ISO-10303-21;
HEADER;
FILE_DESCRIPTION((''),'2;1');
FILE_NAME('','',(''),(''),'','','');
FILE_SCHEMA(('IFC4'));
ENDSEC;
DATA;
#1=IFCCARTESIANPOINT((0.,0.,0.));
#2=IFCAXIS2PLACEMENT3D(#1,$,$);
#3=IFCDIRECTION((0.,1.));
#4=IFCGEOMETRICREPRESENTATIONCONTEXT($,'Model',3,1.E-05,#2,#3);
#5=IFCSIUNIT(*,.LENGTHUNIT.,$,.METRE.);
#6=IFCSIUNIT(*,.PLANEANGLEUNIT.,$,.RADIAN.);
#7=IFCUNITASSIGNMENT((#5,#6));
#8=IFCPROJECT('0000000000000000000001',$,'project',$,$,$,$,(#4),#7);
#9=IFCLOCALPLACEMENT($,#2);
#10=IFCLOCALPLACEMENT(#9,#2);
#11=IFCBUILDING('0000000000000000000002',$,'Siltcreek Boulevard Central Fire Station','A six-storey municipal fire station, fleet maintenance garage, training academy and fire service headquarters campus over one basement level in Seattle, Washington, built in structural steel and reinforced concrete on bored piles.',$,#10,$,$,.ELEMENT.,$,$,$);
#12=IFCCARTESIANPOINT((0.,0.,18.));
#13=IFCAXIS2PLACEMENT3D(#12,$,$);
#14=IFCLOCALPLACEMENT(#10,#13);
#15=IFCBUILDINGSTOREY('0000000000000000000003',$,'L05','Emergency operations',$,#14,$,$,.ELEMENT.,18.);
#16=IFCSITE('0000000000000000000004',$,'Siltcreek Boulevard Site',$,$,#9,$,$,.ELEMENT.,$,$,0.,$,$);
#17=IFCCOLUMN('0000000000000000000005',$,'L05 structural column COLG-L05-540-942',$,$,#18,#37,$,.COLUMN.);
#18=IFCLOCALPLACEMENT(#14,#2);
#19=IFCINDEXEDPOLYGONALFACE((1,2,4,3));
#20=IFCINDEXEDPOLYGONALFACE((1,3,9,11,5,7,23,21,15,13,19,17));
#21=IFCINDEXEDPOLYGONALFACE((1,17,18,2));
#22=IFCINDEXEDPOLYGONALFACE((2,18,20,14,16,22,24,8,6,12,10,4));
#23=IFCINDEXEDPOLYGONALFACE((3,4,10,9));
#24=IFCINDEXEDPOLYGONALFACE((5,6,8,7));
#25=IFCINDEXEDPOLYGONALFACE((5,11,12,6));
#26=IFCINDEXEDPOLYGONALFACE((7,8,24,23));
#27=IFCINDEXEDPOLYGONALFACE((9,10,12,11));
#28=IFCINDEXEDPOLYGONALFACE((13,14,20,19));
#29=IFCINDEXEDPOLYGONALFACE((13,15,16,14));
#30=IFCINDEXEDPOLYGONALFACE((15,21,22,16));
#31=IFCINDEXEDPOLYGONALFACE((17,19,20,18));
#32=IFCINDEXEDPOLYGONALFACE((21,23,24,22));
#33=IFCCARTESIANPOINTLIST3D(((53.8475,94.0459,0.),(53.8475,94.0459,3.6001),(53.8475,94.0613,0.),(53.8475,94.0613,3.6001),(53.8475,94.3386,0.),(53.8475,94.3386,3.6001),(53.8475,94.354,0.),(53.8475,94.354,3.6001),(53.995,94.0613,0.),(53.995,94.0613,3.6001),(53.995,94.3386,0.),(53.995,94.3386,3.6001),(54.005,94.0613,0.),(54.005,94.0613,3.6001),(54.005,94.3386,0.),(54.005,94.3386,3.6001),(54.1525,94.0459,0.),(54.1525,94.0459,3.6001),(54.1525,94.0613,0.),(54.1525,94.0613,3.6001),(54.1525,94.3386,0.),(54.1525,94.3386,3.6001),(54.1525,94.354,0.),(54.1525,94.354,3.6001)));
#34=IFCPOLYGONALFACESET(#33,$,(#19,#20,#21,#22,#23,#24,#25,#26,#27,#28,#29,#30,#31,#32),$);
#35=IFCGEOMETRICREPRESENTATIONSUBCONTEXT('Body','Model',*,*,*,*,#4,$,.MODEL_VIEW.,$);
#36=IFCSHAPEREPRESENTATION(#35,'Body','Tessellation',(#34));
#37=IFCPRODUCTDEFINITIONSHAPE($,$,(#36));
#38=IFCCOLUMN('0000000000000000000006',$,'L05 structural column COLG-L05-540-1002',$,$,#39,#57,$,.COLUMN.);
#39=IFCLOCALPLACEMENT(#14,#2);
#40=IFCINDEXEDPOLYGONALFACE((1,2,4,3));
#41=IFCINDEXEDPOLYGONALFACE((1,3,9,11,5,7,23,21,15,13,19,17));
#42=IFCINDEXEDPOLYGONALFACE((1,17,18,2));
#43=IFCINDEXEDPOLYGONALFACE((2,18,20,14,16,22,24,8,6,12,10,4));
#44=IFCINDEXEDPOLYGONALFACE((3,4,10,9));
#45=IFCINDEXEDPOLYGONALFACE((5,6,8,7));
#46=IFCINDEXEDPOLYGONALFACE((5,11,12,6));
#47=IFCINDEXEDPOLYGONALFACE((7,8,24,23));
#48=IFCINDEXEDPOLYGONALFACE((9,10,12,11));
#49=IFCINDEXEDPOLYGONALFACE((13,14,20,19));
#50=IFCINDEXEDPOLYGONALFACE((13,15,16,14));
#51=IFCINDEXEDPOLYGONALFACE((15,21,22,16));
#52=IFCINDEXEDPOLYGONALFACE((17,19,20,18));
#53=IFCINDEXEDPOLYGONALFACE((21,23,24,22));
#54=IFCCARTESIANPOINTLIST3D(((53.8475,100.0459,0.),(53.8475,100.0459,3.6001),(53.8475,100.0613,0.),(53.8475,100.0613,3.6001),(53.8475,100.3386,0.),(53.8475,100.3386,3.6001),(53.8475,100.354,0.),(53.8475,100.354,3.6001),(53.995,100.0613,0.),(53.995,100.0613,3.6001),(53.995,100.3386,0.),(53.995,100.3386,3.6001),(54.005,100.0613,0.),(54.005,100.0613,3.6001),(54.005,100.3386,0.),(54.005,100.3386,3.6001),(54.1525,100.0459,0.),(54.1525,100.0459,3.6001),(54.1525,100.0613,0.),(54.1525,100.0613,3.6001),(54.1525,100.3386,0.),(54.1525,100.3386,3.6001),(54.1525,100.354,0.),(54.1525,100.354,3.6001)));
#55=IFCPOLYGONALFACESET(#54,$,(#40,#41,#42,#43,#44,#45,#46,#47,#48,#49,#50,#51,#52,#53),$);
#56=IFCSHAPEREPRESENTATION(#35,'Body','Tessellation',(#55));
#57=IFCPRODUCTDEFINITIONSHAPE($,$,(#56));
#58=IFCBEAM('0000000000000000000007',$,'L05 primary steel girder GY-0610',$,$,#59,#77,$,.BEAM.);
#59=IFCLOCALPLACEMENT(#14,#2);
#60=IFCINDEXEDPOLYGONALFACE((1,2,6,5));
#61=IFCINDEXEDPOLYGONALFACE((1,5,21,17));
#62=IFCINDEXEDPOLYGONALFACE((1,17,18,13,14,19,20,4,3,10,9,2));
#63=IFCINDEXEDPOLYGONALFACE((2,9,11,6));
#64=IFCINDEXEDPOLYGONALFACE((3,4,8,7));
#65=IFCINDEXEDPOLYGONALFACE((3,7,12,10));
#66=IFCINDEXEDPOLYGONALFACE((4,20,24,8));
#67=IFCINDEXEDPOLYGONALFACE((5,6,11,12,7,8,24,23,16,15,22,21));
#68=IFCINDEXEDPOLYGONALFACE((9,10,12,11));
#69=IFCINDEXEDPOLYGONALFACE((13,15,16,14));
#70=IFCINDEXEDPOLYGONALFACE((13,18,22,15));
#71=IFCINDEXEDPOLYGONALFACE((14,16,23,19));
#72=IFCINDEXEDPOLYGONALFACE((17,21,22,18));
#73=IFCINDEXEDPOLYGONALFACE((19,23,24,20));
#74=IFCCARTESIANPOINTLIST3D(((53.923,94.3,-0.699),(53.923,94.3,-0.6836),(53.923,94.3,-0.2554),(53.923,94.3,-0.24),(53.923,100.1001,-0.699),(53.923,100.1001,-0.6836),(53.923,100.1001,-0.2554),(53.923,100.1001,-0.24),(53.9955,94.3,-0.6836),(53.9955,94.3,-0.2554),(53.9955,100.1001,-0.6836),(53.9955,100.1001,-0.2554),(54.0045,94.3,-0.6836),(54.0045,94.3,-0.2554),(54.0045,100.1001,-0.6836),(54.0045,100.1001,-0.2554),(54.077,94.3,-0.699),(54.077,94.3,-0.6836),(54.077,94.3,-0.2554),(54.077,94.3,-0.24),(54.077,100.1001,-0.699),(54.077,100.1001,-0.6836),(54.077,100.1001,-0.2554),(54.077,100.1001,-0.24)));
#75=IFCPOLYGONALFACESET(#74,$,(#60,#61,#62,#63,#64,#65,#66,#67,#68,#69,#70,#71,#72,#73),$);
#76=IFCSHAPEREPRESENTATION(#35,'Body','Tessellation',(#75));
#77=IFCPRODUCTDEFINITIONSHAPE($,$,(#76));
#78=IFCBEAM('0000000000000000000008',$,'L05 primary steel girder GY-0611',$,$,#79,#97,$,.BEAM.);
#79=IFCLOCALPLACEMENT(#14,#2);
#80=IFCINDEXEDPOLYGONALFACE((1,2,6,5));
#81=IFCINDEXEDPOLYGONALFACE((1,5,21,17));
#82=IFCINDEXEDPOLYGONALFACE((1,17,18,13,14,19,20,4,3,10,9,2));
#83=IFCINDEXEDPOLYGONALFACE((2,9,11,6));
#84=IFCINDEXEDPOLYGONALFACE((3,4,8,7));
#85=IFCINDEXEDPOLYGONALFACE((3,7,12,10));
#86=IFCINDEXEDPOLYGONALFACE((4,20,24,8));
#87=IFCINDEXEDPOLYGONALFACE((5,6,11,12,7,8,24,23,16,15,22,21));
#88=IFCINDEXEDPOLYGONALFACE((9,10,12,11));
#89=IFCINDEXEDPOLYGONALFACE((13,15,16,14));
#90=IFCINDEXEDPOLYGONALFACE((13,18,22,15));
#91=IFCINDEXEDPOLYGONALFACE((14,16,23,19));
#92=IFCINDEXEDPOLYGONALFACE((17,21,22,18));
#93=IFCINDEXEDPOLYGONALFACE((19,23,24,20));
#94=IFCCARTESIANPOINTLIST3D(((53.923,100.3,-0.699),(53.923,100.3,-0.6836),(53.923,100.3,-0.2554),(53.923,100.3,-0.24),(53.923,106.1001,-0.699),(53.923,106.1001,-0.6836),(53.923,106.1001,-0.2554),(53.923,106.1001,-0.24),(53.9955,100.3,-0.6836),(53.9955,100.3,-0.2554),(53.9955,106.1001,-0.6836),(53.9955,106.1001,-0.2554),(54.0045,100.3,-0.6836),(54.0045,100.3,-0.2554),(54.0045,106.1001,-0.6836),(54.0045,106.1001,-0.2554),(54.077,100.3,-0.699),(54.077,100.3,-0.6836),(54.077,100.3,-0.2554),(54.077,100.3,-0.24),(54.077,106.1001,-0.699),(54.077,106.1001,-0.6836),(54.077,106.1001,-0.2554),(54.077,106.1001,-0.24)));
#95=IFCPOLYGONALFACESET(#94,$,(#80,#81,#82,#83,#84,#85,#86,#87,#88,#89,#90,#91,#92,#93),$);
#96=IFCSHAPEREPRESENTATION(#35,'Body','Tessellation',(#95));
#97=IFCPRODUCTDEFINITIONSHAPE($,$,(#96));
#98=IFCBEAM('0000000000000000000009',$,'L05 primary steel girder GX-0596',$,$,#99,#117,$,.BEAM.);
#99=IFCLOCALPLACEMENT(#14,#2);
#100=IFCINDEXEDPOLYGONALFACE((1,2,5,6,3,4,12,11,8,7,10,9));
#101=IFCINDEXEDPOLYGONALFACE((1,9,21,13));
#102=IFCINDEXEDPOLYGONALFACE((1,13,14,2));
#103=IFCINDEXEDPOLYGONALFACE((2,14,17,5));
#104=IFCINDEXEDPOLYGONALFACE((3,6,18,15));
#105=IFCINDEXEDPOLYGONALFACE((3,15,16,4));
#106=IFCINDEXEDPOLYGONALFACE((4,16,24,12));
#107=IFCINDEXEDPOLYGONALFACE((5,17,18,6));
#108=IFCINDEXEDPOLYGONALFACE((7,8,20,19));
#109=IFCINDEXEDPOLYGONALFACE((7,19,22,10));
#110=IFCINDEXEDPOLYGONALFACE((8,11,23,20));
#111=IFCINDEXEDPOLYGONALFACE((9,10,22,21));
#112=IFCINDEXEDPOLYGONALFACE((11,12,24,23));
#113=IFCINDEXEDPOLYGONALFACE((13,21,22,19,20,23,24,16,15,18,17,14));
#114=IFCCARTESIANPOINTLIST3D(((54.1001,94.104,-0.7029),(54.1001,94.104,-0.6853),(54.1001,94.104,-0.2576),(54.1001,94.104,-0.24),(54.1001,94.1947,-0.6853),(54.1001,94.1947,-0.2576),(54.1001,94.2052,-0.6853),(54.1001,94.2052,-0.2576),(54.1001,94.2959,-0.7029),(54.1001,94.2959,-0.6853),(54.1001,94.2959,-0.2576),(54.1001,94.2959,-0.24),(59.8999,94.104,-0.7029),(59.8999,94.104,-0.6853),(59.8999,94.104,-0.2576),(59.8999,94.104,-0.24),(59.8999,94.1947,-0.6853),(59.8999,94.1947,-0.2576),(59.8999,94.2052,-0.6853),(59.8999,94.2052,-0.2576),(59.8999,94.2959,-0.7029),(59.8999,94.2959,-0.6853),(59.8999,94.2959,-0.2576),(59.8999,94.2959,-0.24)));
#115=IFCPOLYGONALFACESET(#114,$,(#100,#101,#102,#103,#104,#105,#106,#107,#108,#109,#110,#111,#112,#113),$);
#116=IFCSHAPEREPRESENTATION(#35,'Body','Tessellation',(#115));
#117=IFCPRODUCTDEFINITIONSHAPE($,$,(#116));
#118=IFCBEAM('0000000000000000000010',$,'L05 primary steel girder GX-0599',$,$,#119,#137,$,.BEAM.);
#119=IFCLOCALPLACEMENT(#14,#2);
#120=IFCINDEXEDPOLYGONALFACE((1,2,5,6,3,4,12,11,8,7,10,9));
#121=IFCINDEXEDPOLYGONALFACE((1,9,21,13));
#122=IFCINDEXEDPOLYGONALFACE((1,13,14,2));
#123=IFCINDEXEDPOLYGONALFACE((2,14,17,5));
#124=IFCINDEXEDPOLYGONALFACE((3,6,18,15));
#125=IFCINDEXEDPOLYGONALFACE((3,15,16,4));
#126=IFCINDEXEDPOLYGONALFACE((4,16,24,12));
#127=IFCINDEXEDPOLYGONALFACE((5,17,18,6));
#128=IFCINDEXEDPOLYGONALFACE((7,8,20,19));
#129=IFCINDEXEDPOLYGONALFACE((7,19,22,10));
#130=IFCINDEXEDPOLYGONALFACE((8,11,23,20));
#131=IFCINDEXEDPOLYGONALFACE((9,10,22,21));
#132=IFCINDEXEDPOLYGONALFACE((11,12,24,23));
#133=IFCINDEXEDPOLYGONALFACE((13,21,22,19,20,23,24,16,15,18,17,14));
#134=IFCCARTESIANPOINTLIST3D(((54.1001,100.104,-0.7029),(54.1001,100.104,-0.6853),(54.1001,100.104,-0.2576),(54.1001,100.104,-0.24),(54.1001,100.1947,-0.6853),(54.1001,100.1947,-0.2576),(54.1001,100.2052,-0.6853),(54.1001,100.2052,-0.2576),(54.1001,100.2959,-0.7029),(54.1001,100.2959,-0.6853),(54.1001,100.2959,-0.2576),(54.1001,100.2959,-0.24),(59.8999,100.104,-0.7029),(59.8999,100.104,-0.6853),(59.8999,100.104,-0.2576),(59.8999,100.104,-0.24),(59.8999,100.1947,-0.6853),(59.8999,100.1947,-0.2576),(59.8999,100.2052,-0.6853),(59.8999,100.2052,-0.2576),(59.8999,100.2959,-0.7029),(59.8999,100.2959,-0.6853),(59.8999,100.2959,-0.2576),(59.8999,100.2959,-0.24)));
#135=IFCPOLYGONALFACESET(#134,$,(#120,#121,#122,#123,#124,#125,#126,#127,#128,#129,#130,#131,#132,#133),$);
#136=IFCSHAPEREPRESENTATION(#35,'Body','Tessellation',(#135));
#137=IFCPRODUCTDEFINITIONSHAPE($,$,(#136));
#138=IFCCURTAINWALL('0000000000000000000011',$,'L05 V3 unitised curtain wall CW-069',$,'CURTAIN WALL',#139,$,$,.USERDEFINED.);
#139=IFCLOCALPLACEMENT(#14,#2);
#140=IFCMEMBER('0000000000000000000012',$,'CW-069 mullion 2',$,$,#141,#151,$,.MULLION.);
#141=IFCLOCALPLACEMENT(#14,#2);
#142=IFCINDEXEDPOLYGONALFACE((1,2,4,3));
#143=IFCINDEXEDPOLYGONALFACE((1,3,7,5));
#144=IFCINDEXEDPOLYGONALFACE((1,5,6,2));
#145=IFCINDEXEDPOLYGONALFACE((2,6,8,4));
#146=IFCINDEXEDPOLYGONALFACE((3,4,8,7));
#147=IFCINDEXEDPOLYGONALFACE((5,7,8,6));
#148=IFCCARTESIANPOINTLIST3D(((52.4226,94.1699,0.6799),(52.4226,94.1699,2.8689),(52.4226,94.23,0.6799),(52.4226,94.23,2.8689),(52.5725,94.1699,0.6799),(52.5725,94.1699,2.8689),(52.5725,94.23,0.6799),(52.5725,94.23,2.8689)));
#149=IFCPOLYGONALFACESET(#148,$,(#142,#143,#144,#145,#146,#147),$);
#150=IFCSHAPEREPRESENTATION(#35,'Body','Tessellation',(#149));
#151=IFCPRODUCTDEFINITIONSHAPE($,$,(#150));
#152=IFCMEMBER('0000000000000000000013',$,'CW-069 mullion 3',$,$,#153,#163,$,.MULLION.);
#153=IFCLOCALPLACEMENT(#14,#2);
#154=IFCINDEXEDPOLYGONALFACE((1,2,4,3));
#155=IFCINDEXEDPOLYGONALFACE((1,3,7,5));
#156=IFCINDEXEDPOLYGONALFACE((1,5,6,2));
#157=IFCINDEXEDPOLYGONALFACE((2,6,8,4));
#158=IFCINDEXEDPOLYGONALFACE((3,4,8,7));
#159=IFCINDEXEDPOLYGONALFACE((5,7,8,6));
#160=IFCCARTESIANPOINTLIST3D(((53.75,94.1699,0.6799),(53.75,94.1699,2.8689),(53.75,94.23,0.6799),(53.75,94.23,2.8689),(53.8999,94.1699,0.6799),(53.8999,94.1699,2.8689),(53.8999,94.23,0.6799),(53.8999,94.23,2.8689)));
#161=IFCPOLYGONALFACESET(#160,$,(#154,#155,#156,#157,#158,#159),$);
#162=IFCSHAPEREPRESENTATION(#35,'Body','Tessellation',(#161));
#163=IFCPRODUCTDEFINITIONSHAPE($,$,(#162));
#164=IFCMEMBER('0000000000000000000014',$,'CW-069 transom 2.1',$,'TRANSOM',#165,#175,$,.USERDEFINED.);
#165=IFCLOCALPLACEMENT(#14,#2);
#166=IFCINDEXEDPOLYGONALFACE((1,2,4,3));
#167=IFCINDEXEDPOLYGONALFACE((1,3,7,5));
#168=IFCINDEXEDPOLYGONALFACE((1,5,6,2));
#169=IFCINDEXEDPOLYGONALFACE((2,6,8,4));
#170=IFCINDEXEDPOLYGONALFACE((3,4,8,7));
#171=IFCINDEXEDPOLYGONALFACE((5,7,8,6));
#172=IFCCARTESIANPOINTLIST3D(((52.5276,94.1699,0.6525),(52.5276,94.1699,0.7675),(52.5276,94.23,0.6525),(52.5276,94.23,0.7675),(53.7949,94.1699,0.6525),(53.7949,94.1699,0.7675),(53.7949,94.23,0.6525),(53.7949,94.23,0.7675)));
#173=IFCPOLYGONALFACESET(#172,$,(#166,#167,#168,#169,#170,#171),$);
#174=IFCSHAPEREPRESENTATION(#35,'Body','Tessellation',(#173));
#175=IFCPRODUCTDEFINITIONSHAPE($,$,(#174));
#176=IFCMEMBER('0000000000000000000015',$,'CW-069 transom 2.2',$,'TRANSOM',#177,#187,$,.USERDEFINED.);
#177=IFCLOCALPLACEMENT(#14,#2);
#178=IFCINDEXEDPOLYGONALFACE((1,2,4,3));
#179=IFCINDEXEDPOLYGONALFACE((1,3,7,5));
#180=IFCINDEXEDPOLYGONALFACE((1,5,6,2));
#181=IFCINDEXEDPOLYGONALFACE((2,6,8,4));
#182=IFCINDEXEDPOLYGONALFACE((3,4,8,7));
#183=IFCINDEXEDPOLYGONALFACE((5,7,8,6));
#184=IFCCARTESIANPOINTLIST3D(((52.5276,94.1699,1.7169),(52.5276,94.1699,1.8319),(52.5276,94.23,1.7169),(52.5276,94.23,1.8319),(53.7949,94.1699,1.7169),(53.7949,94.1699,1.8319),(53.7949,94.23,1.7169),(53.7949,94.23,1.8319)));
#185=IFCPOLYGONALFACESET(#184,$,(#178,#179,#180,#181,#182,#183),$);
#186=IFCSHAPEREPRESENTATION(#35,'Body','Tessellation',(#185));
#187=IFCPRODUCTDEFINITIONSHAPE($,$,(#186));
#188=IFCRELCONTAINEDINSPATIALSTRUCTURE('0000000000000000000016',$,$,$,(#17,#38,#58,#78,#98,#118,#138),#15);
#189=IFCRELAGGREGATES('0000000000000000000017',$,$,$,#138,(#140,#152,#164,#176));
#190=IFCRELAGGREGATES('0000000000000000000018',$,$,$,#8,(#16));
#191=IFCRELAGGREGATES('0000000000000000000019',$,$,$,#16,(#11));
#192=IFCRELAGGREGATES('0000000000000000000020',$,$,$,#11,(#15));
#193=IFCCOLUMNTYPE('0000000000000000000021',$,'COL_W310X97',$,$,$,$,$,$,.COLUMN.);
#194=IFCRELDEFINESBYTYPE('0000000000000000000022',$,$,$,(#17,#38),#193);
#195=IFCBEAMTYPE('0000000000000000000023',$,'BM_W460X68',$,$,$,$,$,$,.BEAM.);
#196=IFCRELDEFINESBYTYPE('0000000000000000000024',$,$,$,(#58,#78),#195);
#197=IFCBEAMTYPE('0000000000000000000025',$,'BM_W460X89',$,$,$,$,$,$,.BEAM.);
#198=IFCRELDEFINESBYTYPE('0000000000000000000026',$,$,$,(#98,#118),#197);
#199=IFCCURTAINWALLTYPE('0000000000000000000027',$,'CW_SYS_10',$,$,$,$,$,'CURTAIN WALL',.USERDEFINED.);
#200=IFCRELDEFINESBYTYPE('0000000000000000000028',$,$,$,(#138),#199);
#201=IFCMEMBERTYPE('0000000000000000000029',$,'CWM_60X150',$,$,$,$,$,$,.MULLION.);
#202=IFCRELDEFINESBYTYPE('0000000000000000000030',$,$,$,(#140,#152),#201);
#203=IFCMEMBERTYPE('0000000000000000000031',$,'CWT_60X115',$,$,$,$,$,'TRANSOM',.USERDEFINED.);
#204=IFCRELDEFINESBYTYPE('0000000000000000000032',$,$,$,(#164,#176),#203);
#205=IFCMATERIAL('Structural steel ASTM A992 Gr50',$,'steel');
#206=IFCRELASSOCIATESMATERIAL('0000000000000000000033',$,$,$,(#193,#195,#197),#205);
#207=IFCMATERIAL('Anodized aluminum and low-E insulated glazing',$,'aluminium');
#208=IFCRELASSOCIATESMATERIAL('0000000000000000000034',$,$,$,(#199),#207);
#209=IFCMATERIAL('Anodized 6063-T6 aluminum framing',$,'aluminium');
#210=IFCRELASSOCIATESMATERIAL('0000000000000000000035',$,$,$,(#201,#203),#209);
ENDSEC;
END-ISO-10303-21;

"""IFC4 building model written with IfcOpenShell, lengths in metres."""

from ifc_helpers import new_model, si_unit, direction, frame, origin, origin_2d, place, context, subcontext, project, spatial, rectangle, i_section, extrude, material, material_profile, profile_set, type_object, element, aggregate, save


model = new_model("IFC4")

# Units and contexts
model_context = context("Model", 3, precision=1e-05, world=origin(), true_north=direction((0.0, 1.0)))
body_context = subcontext(model_context, "Body", "Model", "MODEL_VIEW")
ifc_project = project(units=[si_unit("LENGTHUNIT", "METRE"), si_unit("PLANEANGLEUNIT", "RADIAN")], contexts=[model_context])

# Site, building, storey
site_placement = place(None, origin())
site = spatial("IfcSite", under=ifc_project, at=site_placement, Name="Siltcreek Boulevard Site", CompositionType="ELEMENT", RefElevation=0.0)
building_placement = place(site_placement, origin())
building = spatial("IfcBuilding", under=site, at=building_placement, Name="Siltcreek Boulevard Central Fire Station", Description="A six-storey municipal fire station, fleet maintenance garage, training academy and fire service headquarters campus over one basement level in Seattle, Washington, built in structural steel and reinforced concrete on bored piles.", CompositionType="ELEMENT")
storey_placement = place(building_placement, frame((0.0, 0.0, 18.0)))
storey = spatial("IfcBuildingStorey", under=building, at=storey_placement, Name="L05", Description="Emergency operations", CompositionType="ELEMENT", Elevation=18.0)

# Columns
ifc_material_1 = material(Name="Structural steel ASTM A992 Gr50", Category="steel")
ifc_material_profile_1 = material_profile(ifc_material_1, i_section(OverallWidth=0.3049, OverallDepth=0.3081, WebThickness=0.01, FlangeThickness=0.0154, at=origin_2d()), Name="W310X97")
ifc_profile_set_1 = profile_set([ifc_material_profile_1], Name="Structural steel ASTM A992 Gr50")
column_type = type_object("IfcColumnType", Name="COL_W310X97", PredefinedType="COLUMN", material=ifc_profile_set_1)
for number, where, z_axis, x_axis, name in (
    (1, (54.0, 94.2, 0.0), (0.0, 0.0, 1.0), (1.0, 0.0, 0.0), "L05 structural column COLG-L05-540-942"),
    (2, (54.0, 100.2, 0.0), (0.0, 0.0, 1.0), (1.0, 0.0, 0.0), "L05 structural column COLG-L05-540-1002"),
):
    element("IfcColumn", number, at=place(storey_placement, frame(where, z_axis=z_axis, x_axis=x_axis)), inside=storey, type_object=column_type, Name=name, PredefinedType="COLUMN", context=body_context, shape_type="SweptSolid", body=[
        extrude(i_section(OverallWidth=0.3049, OverallDepth=0.3081, WebThickness=0.01, FlangeThickness=0.0154, at=origin_2d()), origin(), (0.0, 0.0, 1.0), 3.6001),
    ])

# Beams
ifc_material_profile_2 = material_profile(ifc_material_1, i_section(OverallWidth=0.1541, OverallDepth=0.459, WebThickness=0.009, FlangeThickness=0.0154, at=origin_2d()), Name="W460X68")
ifc_profile_set_2 = profile_set([ifc_material_profile_2], Name="Structural steel ASTM A992 Gr50")
beam_type_1 = type_object("IfcBeamType", Name="BM_W460X68", PredefinedType="BEAM", material=ifc_profile_set_2)
for number, where, z_axis, x_axis, name in (
    (3, (54.0, 94.3, -0.4695), (0.0, 1.0, 0.0), (-1.0, 0.0, 0.0), "L05 primary steel girder GY-0610"),
    (4, (54.0, 100.3, -0.4695), (0.0, 1.0, 0.0), (-1.0, 0.0, 0.0), "L05 primary steel girder GY-0611"),
):
    element("IfcBeam", number, at=place(storey_placement, frame(where, z_axis=z_axis, x_axis=x_axis)), inside=storey, type_object=beam_type_1, Name=name, PredefinedType="BEAM", context=body_context, shape_type="SweptSolid", body=[
        extrude(i_section(OverallWidth=0.1541, OverallDepth=0.459, WebThickness=0.009, FlangeThickness=0.0154, at=origin_2d()), origin(), (0.0, 0.0, 1.0), 5.8),
    ])
ifc_material_profile_3 = material_profile(ifc_material_1, i_section(OverallWidth=0.1919, OverallDepth=0.4629, WebThickness=0.0105, FlangeThickness=0.0176, at=origin_2d()), Name="W460X89")
ifc_profile_set_3 = profile_set([ifc_material_profile_3], Name="Structural steel ASTM A992 Gr50")
beam_type_2 = type_object("IfcBeamType", Name="BM_W460X89", PredefinedType="BEAM", material=ifc_profile_set_3)
for number, where, z_axis, x_axis, name in (
    (5, (54.1001, 94.2, -0.4714), (1.0, 0.0, 0.0), (0.0, 1.0, 0.0), "L05 primary steel girder GX-0596"),
    (6, (54.1001, 100.2, -0.4714), (1.0, 0.0, 0.0), (0.0, 1.0, 0.0), "L05 primary steel girder GX-0599"),
):
    element("IfcBeam", number, at=place(storey_placement, frame(where, z_axis=z_axis, x_axis=x_axis)), inside=storey, type_object=beam_type_2, Name=name, PredefinedType="BEAM", context=body_context, shape_type="SweptSolid", body=[
        extrude(i_section(OverallWidth=0.1919, OverallDepth=0.4629, WebThickness=0.0105, FlangeThickness=0.0176, at=origin_2d()), origin(), (0.0, 0.0, 1.0), 5.7998),
    ])

# Curtain wall, members
ifc_material_2 = material(Name="Anodized aluminum and low-E insulated glazing", Category="aluminium")
curtain_wall_type = type_object("IfcCurtainWallType", Name="CW_SYS_10", ElementType="CURTAIN WALL", PredefinedType="USERDEFINED", material=ifc_material_2)
curtain_wall_placement = place(storey_placement, origin())
curtain_wall = element("IfcCurtainWall", 7, at=curtain_wall_placement, inside=storey, type_object=curtain_wall_type, Name="L05 V3 unitised curtain wall CW-069", ObjectType="CURTAIN WALL", PredefinedType="USERDEFINED")
ifc_material_3 = material(Name="Anodized 6063-T6 aluminum framing", Category="aluminium")
ifc_material_profile_4 = material_profile(ifc_material_3, rectangle(XDim=0.0601, YDim=0.1499, at=origin_2d()), Name="MULL60X150")
ifc_profile_set_4 = profile_set([ifc_material_profile_4], Name="Anodized 6063-T6 aluminum framing")
member_type_1 = type_object("IfcMemberType", Name="CWM_60X150", PredefinedType="MULLION", material=ifc_profile_set_4)
member_1_placement = place(storey_placement, frame((52.4976, 94.2, 0.6799), z_axis=(0.0, 0.0, 1.0), x_axis=(0.0, 1.0, 0.0)))
member_1 = element("IfcMember", 8, at=member_1_placement, type_object=member_type_1, Name="CW-069 mullion 2", PredefinedType="MULLION", context=body_context, shape_type="SweptSolid", body=[
    extrude(rectangle(XDim=0.0601, YDim=0.1499, at=origin_2d()), origin(), (0.0, 0.0, 1.0), 2.189),
])
member_2_placement = place(storey_placement, frame((53.825, 94.2, 0.6799), z_axis=(0.0, 0.0, 1.0), x_axis=(0.0, 1.0, 0.0)))
member_2 = element("IfcMember", 9, at=member_2_placement, type_object=member_type_1, Name="CW-069 mullion 3", PredefinedType="MULLION", context=body_context, shape_type="SweptSolid", body=[
    extrude(rectangle(XDim=0.0601, YDim=0.1499, at=origin_2d()), origin(), (0.0, 0.0, 1.0), 2.189),
])
ifc_material_profile_5 = material_profile(ifc_material_3, rectangle(XDim=0.0601, YDim=0.115, at=origin_2d()), Name="TRAN60X115")
ifc_profile_set_5 = profile_set([ifc_material_profile_5], Name="Anodized 6063-T6 aluminum framing")
member_type_2 = type_object("IfcMemberType", Name="CWT_60X115", ElementType="TRANSOM", PredefinedType="USERDEFINED", material=ifc_profile_set_5)
member_3_placement = place(storey_placement, frame((52.5276, 94.2, 0.71), z_axis=(1.0, 0.0, 0.0), x_axis=(0.0, 1.0, 0.0)))
member_3 = element("IfcMember", 10, at=member_3_placement, type_object=member_type_2, Name="CW-069 transom 2.1", ObjectType="TRANSOM", PredefinedType="USERDEFINED", context=body_context, shape_type="SweptSolid", body=[
    extrude(rectangle(XDim=0.0601, YDim=0.115, at=origin_2d()), origin(), (0.0, 0.0, 1.0), 1.2673),
])
member_4_placement = place(storey_placement, frame((52.5276, 94.2, 1.7744), z_axis=(1.0, 0.0, 0.0), x_axis=(0.0, 1.0, 0.0)))
member_4 = element("IfcMember", 11, at=member_4_placement, type_object=member_type_2, Name="CW-069 transom 2.2", ObjectType="TRANSOM", PredefinedType="USERDEFINED", context=body_context, shape_type="SweptSolid", body=[
    extrude(rectangle(XDim=0.0601, YDim=0.115, at=origin_2d()), origin(), (0.0, 0.0, 1.0), 1.2673),
])

aggregate(curtain_wall, [member_1, member_2, member_3, member_4])

save(model, "model.ifc")
